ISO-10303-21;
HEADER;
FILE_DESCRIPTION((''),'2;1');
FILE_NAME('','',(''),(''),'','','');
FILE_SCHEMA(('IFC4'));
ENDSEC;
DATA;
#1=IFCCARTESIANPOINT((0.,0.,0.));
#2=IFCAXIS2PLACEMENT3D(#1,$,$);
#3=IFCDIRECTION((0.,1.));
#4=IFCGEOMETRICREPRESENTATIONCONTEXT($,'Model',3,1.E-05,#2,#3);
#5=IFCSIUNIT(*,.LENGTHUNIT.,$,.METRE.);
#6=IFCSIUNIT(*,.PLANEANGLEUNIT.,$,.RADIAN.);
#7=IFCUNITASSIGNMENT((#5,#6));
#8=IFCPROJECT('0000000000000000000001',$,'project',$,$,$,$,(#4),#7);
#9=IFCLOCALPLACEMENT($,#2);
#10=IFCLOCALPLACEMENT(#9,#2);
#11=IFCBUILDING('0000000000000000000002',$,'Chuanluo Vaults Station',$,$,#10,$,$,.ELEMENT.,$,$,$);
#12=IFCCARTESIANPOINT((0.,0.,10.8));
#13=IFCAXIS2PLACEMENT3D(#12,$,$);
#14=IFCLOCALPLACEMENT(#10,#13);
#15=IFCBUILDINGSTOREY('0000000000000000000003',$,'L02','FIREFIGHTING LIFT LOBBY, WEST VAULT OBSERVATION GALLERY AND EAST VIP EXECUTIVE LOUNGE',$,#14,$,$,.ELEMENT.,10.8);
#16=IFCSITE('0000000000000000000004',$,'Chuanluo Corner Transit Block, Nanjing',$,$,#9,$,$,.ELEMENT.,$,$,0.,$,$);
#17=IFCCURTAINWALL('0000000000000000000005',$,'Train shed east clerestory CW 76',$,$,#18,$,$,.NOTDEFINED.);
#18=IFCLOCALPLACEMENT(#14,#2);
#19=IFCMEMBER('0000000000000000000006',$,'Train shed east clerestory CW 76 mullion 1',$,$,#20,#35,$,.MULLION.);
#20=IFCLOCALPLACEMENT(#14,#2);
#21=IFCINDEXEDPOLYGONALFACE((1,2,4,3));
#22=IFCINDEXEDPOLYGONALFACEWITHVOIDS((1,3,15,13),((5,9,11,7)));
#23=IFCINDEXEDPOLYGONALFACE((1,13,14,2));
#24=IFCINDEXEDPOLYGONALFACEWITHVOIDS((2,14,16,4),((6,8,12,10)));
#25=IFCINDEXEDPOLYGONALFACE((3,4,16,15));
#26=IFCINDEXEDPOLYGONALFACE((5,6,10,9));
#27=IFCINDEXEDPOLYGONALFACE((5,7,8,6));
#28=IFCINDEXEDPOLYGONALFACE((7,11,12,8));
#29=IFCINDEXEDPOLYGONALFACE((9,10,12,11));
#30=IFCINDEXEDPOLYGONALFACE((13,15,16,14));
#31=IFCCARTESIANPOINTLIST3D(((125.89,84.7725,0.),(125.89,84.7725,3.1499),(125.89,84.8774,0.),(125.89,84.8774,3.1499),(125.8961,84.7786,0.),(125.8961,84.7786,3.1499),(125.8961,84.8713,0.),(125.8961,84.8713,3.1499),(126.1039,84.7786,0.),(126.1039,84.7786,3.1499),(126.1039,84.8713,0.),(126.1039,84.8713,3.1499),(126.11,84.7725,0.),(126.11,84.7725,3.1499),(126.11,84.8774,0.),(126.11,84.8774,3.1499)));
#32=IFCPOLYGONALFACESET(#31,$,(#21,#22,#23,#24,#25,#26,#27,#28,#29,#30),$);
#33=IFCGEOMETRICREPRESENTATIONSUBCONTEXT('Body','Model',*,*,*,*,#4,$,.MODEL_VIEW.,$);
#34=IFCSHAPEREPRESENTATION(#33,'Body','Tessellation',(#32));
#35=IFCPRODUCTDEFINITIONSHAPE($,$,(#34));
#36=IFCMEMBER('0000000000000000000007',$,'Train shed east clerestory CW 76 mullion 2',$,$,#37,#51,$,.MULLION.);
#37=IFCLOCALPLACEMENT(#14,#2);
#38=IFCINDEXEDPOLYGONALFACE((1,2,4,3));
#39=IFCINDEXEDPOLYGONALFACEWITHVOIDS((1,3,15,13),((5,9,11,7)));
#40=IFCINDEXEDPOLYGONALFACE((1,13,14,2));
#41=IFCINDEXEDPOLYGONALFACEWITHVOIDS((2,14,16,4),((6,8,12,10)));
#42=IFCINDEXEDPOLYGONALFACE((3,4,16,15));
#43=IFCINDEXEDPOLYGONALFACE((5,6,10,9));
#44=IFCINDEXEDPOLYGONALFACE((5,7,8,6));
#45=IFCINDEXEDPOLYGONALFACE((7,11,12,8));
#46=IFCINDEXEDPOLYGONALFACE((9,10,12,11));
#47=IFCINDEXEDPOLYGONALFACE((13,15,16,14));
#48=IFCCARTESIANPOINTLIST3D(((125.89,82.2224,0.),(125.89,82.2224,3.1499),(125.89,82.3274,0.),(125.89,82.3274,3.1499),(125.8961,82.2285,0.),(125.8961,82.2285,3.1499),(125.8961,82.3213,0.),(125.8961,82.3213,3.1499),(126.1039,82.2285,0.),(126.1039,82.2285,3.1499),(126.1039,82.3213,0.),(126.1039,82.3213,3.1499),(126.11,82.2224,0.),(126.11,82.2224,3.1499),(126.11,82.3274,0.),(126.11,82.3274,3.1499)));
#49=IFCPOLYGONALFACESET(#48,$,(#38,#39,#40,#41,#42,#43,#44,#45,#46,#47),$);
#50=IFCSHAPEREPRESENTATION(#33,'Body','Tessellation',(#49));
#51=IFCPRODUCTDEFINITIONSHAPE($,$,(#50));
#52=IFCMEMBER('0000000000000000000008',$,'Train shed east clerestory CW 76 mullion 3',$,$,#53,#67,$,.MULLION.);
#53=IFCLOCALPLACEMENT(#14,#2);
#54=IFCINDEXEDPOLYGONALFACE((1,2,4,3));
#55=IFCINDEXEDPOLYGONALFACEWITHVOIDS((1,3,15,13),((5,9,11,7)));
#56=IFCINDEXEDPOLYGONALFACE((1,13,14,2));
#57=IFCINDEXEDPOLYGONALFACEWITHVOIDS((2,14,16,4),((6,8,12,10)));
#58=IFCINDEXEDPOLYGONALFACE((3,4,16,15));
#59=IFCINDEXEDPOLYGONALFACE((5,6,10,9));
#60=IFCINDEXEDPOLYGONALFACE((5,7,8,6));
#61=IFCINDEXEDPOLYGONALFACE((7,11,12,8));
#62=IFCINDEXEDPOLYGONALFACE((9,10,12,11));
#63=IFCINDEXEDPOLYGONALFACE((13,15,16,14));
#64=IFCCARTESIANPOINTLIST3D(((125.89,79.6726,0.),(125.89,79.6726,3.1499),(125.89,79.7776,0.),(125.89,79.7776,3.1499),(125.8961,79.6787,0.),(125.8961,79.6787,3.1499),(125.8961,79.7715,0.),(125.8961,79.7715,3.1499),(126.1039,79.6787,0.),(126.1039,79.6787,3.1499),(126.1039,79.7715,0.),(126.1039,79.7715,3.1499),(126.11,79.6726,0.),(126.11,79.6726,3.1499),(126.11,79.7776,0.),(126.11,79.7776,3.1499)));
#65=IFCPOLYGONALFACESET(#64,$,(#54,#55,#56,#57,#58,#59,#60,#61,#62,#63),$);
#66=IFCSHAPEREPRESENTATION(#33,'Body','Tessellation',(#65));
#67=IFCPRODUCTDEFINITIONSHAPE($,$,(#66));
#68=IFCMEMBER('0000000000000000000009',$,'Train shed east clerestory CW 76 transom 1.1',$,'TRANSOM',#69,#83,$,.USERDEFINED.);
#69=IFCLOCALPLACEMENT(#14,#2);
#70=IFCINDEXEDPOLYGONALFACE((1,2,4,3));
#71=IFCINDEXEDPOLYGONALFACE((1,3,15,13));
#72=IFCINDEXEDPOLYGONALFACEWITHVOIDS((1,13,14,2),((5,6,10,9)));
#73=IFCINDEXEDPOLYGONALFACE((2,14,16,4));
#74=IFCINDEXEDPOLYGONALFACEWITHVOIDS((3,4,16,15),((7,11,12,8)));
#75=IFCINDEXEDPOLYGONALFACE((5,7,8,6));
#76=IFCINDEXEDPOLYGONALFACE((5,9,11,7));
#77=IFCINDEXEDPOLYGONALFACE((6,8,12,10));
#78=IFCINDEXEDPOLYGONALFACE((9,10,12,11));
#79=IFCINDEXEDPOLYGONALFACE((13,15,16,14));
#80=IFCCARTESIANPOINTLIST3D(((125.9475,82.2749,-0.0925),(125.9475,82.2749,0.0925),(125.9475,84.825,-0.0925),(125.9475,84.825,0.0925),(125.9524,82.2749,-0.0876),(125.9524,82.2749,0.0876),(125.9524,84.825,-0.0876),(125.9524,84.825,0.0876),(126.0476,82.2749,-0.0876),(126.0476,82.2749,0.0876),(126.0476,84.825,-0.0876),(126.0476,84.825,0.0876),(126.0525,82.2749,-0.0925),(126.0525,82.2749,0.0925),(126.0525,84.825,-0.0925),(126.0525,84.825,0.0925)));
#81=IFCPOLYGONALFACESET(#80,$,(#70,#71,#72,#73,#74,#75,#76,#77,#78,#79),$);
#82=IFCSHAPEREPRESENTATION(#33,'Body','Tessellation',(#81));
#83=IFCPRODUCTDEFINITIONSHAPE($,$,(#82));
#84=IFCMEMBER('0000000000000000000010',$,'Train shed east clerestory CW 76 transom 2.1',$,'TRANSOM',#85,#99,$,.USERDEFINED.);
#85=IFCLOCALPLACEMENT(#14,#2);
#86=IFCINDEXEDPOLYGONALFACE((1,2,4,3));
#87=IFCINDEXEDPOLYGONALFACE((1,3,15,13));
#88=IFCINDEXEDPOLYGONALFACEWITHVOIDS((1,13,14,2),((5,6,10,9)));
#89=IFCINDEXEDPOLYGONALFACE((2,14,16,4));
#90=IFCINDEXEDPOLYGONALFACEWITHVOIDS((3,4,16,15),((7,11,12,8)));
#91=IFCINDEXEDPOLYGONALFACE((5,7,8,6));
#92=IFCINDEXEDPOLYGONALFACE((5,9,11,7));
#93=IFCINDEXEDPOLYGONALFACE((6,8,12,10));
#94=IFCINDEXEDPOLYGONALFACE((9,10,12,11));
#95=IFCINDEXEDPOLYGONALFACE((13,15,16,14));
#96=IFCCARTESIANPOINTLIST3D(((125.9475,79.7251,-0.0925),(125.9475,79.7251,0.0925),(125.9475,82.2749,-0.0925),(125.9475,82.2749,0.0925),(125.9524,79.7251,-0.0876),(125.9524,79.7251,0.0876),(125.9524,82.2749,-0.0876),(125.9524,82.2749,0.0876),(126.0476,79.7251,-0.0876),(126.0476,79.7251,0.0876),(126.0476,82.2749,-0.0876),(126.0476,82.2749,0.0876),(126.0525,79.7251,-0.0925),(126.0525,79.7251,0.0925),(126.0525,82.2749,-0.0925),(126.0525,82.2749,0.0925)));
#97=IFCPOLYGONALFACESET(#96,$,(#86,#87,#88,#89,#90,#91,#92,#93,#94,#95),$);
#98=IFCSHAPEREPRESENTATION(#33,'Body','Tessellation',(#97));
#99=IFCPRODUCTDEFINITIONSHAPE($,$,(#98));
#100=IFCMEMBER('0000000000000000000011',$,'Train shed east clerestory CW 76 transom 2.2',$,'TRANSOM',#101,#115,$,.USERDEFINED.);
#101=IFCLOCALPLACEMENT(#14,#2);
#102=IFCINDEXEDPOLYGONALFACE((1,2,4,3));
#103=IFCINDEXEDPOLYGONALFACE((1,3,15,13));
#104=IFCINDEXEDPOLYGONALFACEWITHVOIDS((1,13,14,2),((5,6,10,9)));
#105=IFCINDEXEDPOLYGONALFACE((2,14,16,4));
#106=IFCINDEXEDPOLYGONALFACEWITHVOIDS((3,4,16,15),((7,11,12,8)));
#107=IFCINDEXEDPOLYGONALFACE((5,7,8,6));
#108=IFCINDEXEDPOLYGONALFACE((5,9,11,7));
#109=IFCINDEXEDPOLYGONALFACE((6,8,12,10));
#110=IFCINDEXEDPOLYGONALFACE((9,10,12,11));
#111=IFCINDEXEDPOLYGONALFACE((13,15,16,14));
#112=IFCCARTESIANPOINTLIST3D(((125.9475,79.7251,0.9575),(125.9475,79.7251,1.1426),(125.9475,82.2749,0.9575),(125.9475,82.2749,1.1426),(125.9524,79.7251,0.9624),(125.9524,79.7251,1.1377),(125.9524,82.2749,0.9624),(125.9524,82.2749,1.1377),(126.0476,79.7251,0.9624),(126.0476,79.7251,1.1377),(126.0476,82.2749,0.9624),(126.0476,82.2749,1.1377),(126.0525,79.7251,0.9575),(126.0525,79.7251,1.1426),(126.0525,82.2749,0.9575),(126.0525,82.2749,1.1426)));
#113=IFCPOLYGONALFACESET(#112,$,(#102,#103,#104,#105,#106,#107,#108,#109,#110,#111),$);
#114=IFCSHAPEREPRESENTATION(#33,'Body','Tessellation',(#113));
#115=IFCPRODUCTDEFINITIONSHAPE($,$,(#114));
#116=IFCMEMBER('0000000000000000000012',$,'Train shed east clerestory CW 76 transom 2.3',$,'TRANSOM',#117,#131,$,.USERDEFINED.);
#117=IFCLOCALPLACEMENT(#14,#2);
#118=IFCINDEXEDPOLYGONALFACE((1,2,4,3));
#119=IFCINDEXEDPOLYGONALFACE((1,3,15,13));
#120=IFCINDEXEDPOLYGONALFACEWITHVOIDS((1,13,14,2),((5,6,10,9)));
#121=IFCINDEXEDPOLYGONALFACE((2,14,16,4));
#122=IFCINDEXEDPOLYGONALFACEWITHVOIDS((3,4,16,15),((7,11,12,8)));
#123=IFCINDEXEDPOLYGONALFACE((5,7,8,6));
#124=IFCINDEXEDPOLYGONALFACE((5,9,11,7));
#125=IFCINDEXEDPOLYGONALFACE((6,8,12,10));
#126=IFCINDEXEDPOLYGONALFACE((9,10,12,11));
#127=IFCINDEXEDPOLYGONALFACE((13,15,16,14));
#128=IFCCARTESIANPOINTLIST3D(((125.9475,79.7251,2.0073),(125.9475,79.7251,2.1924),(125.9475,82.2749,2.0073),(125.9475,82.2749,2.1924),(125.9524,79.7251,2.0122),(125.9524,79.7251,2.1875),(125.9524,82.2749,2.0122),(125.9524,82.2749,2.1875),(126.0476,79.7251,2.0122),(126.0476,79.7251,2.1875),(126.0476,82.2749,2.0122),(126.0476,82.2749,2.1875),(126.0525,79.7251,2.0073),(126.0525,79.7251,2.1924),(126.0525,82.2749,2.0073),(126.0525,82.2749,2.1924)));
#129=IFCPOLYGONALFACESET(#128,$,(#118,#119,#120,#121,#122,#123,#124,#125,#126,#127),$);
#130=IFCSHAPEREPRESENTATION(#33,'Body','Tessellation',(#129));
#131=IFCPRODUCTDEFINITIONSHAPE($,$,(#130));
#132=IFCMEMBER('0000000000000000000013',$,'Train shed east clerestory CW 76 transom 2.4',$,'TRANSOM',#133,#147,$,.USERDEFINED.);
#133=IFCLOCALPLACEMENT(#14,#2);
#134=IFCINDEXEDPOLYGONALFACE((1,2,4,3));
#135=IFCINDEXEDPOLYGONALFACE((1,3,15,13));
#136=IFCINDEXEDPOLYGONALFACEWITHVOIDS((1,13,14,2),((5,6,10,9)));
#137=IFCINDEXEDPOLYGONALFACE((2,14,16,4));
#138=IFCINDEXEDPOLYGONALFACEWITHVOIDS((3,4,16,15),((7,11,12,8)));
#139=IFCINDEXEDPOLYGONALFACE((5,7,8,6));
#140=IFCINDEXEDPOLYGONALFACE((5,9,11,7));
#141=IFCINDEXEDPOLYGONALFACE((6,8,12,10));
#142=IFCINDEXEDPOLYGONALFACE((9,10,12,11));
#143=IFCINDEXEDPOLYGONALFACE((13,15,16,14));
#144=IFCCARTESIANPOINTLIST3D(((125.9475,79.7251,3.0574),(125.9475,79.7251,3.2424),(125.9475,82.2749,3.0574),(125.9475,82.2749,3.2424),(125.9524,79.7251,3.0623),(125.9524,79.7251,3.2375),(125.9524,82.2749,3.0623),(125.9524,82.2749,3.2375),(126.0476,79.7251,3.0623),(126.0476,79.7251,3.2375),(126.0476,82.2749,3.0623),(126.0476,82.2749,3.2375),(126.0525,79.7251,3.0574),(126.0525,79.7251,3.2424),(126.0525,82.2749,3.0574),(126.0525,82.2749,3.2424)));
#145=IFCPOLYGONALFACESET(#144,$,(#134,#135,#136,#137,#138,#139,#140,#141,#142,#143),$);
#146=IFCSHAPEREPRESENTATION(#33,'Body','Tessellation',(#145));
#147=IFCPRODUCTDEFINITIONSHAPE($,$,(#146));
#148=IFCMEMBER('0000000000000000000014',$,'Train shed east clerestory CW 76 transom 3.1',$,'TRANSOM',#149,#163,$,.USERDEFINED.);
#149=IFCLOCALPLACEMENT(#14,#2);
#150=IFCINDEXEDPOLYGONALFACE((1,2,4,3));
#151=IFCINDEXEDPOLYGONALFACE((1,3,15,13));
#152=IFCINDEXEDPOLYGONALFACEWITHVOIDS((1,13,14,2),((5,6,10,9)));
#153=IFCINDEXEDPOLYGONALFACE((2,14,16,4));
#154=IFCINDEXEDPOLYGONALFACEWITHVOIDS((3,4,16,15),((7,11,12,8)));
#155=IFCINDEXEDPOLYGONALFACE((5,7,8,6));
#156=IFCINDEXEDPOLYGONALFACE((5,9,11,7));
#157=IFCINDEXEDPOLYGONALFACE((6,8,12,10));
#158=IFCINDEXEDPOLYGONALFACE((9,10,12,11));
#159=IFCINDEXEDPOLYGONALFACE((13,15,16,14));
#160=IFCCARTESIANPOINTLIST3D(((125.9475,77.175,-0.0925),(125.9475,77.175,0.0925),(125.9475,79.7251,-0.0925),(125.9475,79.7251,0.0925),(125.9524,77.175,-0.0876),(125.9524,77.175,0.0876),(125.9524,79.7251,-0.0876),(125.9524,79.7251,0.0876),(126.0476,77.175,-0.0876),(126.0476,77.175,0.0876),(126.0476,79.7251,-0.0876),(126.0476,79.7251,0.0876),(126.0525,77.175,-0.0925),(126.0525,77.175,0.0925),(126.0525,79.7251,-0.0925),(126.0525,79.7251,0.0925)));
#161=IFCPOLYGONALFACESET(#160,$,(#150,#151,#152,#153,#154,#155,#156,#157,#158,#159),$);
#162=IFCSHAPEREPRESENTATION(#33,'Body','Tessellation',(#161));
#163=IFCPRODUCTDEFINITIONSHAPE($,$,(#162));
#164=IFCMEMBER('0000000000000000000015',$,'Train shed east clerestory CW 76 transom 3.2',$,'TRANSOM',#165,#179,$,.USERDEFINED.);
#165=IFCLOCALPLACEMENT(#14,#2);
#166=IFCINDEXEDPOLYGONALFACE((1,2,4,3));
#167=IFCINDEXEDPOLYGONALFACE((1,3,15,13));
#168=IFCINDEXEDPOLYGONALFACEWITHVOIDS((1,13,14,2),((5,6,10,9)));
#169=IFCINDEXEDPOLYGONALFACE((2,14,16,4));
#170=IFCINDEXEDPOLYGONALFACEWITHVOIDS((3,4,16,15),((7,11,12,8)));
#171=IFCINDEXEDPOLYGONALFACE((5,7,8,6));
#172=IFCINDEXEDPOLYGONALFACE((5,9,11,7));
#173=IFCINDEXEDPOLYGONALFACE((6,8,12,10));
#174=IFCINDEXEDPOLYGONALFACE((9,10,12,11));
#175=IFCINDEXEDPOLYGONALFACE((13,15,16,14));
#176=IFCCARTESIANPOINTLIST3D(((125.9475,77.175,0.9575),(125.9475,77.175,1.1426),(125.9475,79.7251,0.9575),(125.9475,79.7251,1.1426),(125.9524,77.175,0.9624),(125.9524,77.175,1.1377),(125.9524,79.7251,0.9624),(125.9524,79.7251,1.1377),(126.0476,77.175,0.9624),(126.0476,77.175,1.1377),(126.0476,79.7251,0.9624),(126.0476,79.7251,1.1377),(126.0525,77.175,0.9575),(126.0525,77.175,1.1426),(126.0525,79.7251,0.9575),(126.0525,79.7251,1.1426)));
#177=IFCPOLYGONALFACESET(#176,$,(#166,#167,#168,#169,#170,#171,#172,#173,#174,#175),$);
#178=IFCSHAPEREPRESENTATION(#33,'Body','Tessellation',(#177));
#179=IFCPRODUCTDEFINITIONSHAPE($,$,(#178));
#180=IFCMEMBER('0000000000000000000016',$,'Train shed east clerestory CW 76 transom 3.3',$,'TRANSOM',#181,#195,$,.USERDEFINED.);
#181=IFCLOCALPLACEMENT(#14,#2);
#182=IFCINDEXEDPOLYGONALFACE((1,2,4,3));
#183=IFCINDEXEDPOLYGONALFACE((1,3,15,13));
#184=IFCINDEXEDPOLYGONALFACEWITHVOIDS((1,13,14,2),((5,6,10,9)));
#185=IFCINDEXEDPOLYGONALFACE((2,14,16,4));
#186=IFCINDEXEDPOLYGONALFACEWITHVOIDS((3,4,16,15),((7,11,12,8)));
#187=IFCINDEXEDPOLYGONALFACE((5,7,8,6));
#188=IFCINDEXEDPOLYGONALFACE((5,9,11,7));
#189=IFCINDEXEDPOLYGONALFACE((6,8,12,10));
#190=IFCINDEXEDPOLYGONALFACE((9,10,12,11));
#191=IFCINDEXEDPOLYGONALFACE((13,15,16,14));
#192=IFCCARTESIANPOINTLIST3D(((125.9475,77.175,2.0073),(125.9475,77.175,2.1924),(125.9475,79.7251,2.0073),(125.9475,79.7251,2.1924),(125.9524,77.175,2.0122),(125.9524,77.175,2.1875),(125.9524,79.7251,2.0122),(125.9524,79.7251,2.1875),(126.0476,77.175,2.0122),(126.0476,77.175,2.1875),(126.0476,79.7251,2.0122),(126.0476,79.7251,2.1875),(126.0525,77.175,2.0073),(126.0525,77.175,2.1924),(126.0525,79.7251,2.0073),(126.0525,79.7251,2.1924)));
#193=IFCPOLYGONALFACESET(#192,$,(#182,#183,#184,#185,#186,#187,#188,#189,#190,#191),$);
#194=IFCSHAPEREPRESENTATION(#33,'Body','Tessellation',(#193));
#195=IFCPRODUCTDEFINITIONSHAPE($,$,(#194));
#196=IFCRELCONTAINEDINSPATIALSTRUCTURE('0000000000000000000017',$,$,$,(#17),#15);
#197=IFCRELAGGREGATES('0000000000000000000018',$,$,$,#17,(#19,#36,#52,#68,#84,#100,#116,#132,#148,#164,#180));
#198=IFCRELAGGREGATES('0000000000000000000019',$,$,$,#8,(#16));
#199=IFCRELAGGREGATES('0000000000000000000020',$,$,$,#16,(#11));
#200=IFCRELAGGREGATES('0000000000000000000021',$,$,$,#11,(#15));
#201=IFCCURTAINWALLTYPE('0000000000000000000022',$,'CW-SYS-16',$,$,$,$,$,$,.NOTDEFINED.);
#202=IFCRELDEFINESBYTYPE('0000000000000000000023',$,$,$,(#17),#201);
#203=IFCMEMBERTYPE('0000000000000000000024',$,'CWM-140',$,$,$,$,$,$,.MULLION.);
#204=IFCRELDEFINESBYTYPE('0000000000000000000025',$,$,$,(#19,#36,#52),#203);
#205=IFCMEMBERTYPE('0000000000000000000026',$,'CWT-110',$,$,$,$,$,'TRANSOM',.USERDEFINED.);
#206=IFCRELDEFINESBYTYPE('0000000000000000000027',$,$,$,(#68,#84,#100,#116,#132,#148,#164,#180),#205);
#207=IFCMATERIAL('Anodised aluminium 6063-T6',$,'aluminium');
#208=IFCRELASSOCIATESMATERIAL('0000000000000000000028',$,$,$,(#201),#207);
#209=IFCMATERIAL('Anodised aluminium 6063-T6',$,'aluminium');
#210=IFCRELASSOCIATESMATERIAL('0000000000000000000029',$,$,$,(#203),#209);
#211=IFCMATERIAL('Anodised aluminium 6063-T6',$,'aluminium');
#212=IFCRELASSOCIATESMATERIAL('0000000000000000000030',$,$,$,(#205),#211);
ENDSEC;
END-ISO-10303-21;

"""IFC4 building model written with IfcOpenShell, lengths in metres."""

from ifc_helpers import new_model, si_unit, direction, frame, origin, origin_2d, place, context, subcontext, project, spatial, hollow_rectangle, extrude, material, material_profile, profile_set, type_object, element, aggregate, save


model = new_model("IFC4")

# Units and contexts
model_context = context("Model", 3, precision=1e-05, world=origin(), true_north=direction((0.0, 1.0)))
body_context = subcontext(model_context, "Body", "Model", "MODEL_VIEW")
ifc_project = project(units=[si_unit("LENGTHUNIT", "METRE"), si_unit("PLANEANGLEUNIT", "RADIAN")], contexts=[model_context])

# Site, building, storey
site_placement = place(None, origin())
site = spatial("IfcSite", under=ifc_project, at=site_placement, Name="Chuanluo Corner Transit Block, Nanjing", CompositionType="ELEMENT", RefElevation=0.0)
building_placement = place(site_placement, origin())
building = spatial("IfcBuilding", under=site, at=building_placement, Name="Chuanluo Vaults Station", CompositionType="ELEMENT")
storey_placement = place(building_placement, frame((0.0, 0.0, 10.8)))
storey = spatial("IfcBuildingStorey", under=building, at=storey_placement, Name="L02", Description="FIREFIGHTING LIFT LOBBY, WEST VAULT OBSERVATION GALLERY AND EAST VIP EXECUTIVE LOUNGE", CompositionType="ELEMENT", Elevation=10.8)

# Curtain wall, members
ifc_material_1 = material(Name="Anodised aluminium 6063-T6", Category="aluminium")
curtain_wall_type = type_object("IfcCurtainWallType", Name="CW-SYS-16", PredefinedType="NOTDEFINED", material=ifc_material_1)
curtain_wall_placement = place(storey_placement, origin())
curtain_wall = element("IfcCurtainWall", 1, at=curtain_wall_placement, inside=storey, type_object=curtain_wall_type, Name="Train shed east clerestory CW 76", PredefinedType="NOTDEFINED")
ifc_material_2 = material(Name="Anodised aluminium 6063-T6", Category="aluminium")
ifc_material_profile_1 = material_profile(ifc_material_2, hollow_rectangle(XDim=0.105, YDim=0.22, WallThickness=0.0061, at=origin_2d()))
ifc_profile_set_1 = profile_set([ifc_material_profile_1], Name="Anodised aluminium 6063-T6")
member_type_1 = type_object("IfcMemberType", Name="CWM-140", PredefinedType="MULLION", material=ifc_profile_set_1)
member_1_placement = place(storey_placement, frame((126.0, 84.825, 0.0), z_axis=(0.0, 0.0, 1.0), x_axis=(0.0, -1.0, 0.0)))
member_1 = element("IfcMember", 2, at=member_1_placement, type_object=member_type_1, Name="Train shed east clerestory CW 76 mullion 1", PredefinedType="MULLION", context=body_context, shape_type="SweptSolid", body=[
    extrude(hollow_rectangle(XDim=0.105, YDim=0.22, WallThickness=0.0061, at=origin_2d()), origin(), (0.0, 0.0, 1.0), 3.1499),
])
member_2_placement = place(storey_placement, frame((126.0, 82.2749, 0.0), z_axis=(0.0, 0.0, 1.0), x_axis=(0.0, -1.0, 0.0)))
member_2 = element("IfcMember", 3, at=member_2_placement, type_object=member_type_1, Name="Train shed east clerestory CW 76 mullion 2", PredefinedType="MULLION", context=body_context, shape_type="SweptSolid", body=[
    extrude(hollow_rectangle(XDim=0.105, YDim=0.22, WallThickness=0.0061, at=origin_2d()), origin(), (0.0, 0.0, 1.0), 3.1499),
])
member_3_placement = place(storey_placement, frame((126.0, 79.7251, 0.0), z_axis=(0.0, 0.0, 1.0), x_axis=(0.0, -1.0, 0.0)))
member_3 = element("IfcMember", 4, at=member_3_placement, type_object=member_type_1, Name="Train shed east clerestory CW 76 mullion 3", PredefinedType="MULLION", context=body_context, shape_type="SweptSolid", body=[
    extrude(hollow_rectangle(XDim=0.105, YDim=0.22, WallThickness=0.0061, at=origin_2d()), origin(), (0.0, 0.0, 1.0), 3.1499),
])
ifc_material_3 = material(Name="Anodised aluminium 6063-T6", Category="aluminium")
ifc_material_profile_2 = material_profile(ifc_material_3, hollow_rectangle(XDim=0.105, YDim=0.1851, WallThickness=0.0049, at=origin_2d()))
ifc_profile_set_2 = profile_set([ifc_material_profile_2], Name="Anodised aluminium 6063-T6")
member_type_2 = type_object("IfcMemberType", Name="CWT-110", ElementType="TRANSOM", PredefinedType="USERDEFINED", material=ifc_profile_set_2)
member_4_placement = place(storey_placement, frame((126.0, 84.825, 0.0), z_axis=(0.0, -1.0, 0.0), x_axis=(1.0, 0.0, 0.0)))
member_4 = element("IfcMember", 5, at=member_4_placement, type_object=member_type_2, Name="Train shed east clerestory CW 76 transom 1.1", ObjectType="TRANSOM", PredefinedType="USERDEFINED", context=body_context, shape_type="SweptSolid", body=[
    extrude(hollow_rectangle(XDim=0.105, YDim=0.1851, WallThickness=0.0049, at=origin_2d()), origin(), (0.0, 0.0, 1.0), 2.55),
])
member_5_placement = place(storey_placement, frame((126.0, 82.2749, 0.0), z_axis=(0.0, -1.0, 0.0), x_axis=(1.0, 0.0, 0.0)))
member_5 = element("IfcMember", 6, at=member_5_placement, type_object=member_type_2, Name="Train shed east clerestory CW 76 transom 2.1", ObjectType="TRANSOM", PredefinedType="USERDEFINED", context=body_context, shape_type="SweptSolid", body=[
    extrude(hollow_rectangle(XDim=0.105, YDim=0.1851, WallThickness=0.0049, at=origin_2d()), origin(), (0.0, 0.0, 1.0), 2.5498),
])
member_6_placement = place(storey_placement, frame((126.0, 82.2749, 1.05), z_axis=(0.0, -1.0, 0.0), x_axis=(1.0, 0.0, 0.0)))
member_6 = element("IfcMember", 7, at=member_6_placement, type_object=member_type_2, Name="Train shed east clerestory CW 76 transom 2.2", ObjectType="TRANSOM", PredefinedType="USERDEFINED", context=body_context, shape_type="SweptSolid", body=[
    extrude(hollow_rectangle(XDim=0.105, YDim=0.1851, WallThickness=0.0049, at=origin_2d()), origin(), (0.0, 0.0, 1.0), 2.5498),
])
member_7_placement = place(storey_placement, frame((126.0, 82.2749, 2.0999), z_axis=(0.0, -1.0, 0.0), x_axis=(1.0, 0.0, 0.0)))
member_7 = element("IfcMember", 8, at=member_7_placement, type_object=member_type_2, Name="Train shed east clerestory CW 76 transom 2.3", ObjectType="TRANSOM", PredefinedType="USERDEFINED", context=body_context, shape_type="SweptSolid", body=[
    extrude(hollow_rectangle(XDim=0.105, YDim=0.1851, WallThickness=0.0049, at=origin_2d()), origin(), (0.0, 0.0, 1.0), 2.5498),
])
member_8_placement = place(storey_placement, frame((126.0, 82.2749, 3.1499), z_axis=(0.0, -1.0, 0.0), x_axis=(1.0, 0.0, 0.0)))
member_8 = element("IfcMember", 9, at=member_8_placement, type_object=member_type_2, Name="Train shed east clerestory CW 76 transom 2.4", ObjectType="TRANSOM", PredefinedType="USERDEFINED", context=body_context, shape_type="SweptSolid", body=[
    extrude(hollow_rectangle(XDim=0.105, YDim=0.1851, WallThickness=0.0049, at=origin_2d()), origin(), (0.0, 0.0, 1.0), 2.5498),
])
member_9_placement = place(storey_placement, frame((126.0, 79.7251, 0.0), z_axis=(0.0, -1.0, 0.0), x_axis=(1.0, 0.0, 0.0)))
member_9 = element("IfcMember", 10, at=member_9_placement, type_object=member_type_2, Name="Train shed east clerestory CW 76 transom 3.1", ObjectType="TRANSOM", PredefinedType="USERDEFINED", context=body_context, shape_type="SweptSolid", body=[
    extrude(hollow_rectangle(XDim=0.105, YDim=0.1851, WallThickness=0.0049, at=origin_2d()), origin(), (0.0, 0.0, 1.0), 2.55),
])
member_10_placement = place(storey_placement, frame((126.0, 79.7251, 1.05), z_axis=(0.0, -1.0, 0.0), x_axis=(1.0, 0.0, 0.0)))
member_10 = element("IfcMember", 11, at=member_10_placement, type_object=member_type_2, Name="Train shed east clerestory CW 76 transom 3.2", ObjectType="TRANSOM", PredefinedType="USERDEFINED", context=body_context, shape_type="SweptSolid", body=[
    extrude(hollow_rectangle(XDim=0.105, YDim=0.1851, WallThickness=0.0049, at=origin_2d()), origin(), (0.0, 0.0, 1.0), 2.55),
])
member_11_placement = place(storey_placement, frame((126.0, 79.7251, 2.0999), z_axis=(0.0, -1.0, 0.0), x_axis=(1.0, 0.0, 0.0)))
member_11 = element("IfcMember", 12, at=member_11_placement, type_object=member_type_2, Name="Train shed east clerestory CW 76 transom 3.3", ObjectType="TRANSOM", PredefinedType="USERDEFINED", context=body_context, shape_type="SweptSolid", body=[
    extrude(hollow_rectangle(XDim=0.105, YDim=0.1851, WallThickness=0.0049, at=origin_2d()), origin(), (0.0, 0.0, 1.0), 2.55),
])

aggregate(curtain_wall, [member_1, member_2, member_3, member_4, member_5, member_6, member_7, member_8, member_9, member_10, member_11])

save(model, "model.ifc")
